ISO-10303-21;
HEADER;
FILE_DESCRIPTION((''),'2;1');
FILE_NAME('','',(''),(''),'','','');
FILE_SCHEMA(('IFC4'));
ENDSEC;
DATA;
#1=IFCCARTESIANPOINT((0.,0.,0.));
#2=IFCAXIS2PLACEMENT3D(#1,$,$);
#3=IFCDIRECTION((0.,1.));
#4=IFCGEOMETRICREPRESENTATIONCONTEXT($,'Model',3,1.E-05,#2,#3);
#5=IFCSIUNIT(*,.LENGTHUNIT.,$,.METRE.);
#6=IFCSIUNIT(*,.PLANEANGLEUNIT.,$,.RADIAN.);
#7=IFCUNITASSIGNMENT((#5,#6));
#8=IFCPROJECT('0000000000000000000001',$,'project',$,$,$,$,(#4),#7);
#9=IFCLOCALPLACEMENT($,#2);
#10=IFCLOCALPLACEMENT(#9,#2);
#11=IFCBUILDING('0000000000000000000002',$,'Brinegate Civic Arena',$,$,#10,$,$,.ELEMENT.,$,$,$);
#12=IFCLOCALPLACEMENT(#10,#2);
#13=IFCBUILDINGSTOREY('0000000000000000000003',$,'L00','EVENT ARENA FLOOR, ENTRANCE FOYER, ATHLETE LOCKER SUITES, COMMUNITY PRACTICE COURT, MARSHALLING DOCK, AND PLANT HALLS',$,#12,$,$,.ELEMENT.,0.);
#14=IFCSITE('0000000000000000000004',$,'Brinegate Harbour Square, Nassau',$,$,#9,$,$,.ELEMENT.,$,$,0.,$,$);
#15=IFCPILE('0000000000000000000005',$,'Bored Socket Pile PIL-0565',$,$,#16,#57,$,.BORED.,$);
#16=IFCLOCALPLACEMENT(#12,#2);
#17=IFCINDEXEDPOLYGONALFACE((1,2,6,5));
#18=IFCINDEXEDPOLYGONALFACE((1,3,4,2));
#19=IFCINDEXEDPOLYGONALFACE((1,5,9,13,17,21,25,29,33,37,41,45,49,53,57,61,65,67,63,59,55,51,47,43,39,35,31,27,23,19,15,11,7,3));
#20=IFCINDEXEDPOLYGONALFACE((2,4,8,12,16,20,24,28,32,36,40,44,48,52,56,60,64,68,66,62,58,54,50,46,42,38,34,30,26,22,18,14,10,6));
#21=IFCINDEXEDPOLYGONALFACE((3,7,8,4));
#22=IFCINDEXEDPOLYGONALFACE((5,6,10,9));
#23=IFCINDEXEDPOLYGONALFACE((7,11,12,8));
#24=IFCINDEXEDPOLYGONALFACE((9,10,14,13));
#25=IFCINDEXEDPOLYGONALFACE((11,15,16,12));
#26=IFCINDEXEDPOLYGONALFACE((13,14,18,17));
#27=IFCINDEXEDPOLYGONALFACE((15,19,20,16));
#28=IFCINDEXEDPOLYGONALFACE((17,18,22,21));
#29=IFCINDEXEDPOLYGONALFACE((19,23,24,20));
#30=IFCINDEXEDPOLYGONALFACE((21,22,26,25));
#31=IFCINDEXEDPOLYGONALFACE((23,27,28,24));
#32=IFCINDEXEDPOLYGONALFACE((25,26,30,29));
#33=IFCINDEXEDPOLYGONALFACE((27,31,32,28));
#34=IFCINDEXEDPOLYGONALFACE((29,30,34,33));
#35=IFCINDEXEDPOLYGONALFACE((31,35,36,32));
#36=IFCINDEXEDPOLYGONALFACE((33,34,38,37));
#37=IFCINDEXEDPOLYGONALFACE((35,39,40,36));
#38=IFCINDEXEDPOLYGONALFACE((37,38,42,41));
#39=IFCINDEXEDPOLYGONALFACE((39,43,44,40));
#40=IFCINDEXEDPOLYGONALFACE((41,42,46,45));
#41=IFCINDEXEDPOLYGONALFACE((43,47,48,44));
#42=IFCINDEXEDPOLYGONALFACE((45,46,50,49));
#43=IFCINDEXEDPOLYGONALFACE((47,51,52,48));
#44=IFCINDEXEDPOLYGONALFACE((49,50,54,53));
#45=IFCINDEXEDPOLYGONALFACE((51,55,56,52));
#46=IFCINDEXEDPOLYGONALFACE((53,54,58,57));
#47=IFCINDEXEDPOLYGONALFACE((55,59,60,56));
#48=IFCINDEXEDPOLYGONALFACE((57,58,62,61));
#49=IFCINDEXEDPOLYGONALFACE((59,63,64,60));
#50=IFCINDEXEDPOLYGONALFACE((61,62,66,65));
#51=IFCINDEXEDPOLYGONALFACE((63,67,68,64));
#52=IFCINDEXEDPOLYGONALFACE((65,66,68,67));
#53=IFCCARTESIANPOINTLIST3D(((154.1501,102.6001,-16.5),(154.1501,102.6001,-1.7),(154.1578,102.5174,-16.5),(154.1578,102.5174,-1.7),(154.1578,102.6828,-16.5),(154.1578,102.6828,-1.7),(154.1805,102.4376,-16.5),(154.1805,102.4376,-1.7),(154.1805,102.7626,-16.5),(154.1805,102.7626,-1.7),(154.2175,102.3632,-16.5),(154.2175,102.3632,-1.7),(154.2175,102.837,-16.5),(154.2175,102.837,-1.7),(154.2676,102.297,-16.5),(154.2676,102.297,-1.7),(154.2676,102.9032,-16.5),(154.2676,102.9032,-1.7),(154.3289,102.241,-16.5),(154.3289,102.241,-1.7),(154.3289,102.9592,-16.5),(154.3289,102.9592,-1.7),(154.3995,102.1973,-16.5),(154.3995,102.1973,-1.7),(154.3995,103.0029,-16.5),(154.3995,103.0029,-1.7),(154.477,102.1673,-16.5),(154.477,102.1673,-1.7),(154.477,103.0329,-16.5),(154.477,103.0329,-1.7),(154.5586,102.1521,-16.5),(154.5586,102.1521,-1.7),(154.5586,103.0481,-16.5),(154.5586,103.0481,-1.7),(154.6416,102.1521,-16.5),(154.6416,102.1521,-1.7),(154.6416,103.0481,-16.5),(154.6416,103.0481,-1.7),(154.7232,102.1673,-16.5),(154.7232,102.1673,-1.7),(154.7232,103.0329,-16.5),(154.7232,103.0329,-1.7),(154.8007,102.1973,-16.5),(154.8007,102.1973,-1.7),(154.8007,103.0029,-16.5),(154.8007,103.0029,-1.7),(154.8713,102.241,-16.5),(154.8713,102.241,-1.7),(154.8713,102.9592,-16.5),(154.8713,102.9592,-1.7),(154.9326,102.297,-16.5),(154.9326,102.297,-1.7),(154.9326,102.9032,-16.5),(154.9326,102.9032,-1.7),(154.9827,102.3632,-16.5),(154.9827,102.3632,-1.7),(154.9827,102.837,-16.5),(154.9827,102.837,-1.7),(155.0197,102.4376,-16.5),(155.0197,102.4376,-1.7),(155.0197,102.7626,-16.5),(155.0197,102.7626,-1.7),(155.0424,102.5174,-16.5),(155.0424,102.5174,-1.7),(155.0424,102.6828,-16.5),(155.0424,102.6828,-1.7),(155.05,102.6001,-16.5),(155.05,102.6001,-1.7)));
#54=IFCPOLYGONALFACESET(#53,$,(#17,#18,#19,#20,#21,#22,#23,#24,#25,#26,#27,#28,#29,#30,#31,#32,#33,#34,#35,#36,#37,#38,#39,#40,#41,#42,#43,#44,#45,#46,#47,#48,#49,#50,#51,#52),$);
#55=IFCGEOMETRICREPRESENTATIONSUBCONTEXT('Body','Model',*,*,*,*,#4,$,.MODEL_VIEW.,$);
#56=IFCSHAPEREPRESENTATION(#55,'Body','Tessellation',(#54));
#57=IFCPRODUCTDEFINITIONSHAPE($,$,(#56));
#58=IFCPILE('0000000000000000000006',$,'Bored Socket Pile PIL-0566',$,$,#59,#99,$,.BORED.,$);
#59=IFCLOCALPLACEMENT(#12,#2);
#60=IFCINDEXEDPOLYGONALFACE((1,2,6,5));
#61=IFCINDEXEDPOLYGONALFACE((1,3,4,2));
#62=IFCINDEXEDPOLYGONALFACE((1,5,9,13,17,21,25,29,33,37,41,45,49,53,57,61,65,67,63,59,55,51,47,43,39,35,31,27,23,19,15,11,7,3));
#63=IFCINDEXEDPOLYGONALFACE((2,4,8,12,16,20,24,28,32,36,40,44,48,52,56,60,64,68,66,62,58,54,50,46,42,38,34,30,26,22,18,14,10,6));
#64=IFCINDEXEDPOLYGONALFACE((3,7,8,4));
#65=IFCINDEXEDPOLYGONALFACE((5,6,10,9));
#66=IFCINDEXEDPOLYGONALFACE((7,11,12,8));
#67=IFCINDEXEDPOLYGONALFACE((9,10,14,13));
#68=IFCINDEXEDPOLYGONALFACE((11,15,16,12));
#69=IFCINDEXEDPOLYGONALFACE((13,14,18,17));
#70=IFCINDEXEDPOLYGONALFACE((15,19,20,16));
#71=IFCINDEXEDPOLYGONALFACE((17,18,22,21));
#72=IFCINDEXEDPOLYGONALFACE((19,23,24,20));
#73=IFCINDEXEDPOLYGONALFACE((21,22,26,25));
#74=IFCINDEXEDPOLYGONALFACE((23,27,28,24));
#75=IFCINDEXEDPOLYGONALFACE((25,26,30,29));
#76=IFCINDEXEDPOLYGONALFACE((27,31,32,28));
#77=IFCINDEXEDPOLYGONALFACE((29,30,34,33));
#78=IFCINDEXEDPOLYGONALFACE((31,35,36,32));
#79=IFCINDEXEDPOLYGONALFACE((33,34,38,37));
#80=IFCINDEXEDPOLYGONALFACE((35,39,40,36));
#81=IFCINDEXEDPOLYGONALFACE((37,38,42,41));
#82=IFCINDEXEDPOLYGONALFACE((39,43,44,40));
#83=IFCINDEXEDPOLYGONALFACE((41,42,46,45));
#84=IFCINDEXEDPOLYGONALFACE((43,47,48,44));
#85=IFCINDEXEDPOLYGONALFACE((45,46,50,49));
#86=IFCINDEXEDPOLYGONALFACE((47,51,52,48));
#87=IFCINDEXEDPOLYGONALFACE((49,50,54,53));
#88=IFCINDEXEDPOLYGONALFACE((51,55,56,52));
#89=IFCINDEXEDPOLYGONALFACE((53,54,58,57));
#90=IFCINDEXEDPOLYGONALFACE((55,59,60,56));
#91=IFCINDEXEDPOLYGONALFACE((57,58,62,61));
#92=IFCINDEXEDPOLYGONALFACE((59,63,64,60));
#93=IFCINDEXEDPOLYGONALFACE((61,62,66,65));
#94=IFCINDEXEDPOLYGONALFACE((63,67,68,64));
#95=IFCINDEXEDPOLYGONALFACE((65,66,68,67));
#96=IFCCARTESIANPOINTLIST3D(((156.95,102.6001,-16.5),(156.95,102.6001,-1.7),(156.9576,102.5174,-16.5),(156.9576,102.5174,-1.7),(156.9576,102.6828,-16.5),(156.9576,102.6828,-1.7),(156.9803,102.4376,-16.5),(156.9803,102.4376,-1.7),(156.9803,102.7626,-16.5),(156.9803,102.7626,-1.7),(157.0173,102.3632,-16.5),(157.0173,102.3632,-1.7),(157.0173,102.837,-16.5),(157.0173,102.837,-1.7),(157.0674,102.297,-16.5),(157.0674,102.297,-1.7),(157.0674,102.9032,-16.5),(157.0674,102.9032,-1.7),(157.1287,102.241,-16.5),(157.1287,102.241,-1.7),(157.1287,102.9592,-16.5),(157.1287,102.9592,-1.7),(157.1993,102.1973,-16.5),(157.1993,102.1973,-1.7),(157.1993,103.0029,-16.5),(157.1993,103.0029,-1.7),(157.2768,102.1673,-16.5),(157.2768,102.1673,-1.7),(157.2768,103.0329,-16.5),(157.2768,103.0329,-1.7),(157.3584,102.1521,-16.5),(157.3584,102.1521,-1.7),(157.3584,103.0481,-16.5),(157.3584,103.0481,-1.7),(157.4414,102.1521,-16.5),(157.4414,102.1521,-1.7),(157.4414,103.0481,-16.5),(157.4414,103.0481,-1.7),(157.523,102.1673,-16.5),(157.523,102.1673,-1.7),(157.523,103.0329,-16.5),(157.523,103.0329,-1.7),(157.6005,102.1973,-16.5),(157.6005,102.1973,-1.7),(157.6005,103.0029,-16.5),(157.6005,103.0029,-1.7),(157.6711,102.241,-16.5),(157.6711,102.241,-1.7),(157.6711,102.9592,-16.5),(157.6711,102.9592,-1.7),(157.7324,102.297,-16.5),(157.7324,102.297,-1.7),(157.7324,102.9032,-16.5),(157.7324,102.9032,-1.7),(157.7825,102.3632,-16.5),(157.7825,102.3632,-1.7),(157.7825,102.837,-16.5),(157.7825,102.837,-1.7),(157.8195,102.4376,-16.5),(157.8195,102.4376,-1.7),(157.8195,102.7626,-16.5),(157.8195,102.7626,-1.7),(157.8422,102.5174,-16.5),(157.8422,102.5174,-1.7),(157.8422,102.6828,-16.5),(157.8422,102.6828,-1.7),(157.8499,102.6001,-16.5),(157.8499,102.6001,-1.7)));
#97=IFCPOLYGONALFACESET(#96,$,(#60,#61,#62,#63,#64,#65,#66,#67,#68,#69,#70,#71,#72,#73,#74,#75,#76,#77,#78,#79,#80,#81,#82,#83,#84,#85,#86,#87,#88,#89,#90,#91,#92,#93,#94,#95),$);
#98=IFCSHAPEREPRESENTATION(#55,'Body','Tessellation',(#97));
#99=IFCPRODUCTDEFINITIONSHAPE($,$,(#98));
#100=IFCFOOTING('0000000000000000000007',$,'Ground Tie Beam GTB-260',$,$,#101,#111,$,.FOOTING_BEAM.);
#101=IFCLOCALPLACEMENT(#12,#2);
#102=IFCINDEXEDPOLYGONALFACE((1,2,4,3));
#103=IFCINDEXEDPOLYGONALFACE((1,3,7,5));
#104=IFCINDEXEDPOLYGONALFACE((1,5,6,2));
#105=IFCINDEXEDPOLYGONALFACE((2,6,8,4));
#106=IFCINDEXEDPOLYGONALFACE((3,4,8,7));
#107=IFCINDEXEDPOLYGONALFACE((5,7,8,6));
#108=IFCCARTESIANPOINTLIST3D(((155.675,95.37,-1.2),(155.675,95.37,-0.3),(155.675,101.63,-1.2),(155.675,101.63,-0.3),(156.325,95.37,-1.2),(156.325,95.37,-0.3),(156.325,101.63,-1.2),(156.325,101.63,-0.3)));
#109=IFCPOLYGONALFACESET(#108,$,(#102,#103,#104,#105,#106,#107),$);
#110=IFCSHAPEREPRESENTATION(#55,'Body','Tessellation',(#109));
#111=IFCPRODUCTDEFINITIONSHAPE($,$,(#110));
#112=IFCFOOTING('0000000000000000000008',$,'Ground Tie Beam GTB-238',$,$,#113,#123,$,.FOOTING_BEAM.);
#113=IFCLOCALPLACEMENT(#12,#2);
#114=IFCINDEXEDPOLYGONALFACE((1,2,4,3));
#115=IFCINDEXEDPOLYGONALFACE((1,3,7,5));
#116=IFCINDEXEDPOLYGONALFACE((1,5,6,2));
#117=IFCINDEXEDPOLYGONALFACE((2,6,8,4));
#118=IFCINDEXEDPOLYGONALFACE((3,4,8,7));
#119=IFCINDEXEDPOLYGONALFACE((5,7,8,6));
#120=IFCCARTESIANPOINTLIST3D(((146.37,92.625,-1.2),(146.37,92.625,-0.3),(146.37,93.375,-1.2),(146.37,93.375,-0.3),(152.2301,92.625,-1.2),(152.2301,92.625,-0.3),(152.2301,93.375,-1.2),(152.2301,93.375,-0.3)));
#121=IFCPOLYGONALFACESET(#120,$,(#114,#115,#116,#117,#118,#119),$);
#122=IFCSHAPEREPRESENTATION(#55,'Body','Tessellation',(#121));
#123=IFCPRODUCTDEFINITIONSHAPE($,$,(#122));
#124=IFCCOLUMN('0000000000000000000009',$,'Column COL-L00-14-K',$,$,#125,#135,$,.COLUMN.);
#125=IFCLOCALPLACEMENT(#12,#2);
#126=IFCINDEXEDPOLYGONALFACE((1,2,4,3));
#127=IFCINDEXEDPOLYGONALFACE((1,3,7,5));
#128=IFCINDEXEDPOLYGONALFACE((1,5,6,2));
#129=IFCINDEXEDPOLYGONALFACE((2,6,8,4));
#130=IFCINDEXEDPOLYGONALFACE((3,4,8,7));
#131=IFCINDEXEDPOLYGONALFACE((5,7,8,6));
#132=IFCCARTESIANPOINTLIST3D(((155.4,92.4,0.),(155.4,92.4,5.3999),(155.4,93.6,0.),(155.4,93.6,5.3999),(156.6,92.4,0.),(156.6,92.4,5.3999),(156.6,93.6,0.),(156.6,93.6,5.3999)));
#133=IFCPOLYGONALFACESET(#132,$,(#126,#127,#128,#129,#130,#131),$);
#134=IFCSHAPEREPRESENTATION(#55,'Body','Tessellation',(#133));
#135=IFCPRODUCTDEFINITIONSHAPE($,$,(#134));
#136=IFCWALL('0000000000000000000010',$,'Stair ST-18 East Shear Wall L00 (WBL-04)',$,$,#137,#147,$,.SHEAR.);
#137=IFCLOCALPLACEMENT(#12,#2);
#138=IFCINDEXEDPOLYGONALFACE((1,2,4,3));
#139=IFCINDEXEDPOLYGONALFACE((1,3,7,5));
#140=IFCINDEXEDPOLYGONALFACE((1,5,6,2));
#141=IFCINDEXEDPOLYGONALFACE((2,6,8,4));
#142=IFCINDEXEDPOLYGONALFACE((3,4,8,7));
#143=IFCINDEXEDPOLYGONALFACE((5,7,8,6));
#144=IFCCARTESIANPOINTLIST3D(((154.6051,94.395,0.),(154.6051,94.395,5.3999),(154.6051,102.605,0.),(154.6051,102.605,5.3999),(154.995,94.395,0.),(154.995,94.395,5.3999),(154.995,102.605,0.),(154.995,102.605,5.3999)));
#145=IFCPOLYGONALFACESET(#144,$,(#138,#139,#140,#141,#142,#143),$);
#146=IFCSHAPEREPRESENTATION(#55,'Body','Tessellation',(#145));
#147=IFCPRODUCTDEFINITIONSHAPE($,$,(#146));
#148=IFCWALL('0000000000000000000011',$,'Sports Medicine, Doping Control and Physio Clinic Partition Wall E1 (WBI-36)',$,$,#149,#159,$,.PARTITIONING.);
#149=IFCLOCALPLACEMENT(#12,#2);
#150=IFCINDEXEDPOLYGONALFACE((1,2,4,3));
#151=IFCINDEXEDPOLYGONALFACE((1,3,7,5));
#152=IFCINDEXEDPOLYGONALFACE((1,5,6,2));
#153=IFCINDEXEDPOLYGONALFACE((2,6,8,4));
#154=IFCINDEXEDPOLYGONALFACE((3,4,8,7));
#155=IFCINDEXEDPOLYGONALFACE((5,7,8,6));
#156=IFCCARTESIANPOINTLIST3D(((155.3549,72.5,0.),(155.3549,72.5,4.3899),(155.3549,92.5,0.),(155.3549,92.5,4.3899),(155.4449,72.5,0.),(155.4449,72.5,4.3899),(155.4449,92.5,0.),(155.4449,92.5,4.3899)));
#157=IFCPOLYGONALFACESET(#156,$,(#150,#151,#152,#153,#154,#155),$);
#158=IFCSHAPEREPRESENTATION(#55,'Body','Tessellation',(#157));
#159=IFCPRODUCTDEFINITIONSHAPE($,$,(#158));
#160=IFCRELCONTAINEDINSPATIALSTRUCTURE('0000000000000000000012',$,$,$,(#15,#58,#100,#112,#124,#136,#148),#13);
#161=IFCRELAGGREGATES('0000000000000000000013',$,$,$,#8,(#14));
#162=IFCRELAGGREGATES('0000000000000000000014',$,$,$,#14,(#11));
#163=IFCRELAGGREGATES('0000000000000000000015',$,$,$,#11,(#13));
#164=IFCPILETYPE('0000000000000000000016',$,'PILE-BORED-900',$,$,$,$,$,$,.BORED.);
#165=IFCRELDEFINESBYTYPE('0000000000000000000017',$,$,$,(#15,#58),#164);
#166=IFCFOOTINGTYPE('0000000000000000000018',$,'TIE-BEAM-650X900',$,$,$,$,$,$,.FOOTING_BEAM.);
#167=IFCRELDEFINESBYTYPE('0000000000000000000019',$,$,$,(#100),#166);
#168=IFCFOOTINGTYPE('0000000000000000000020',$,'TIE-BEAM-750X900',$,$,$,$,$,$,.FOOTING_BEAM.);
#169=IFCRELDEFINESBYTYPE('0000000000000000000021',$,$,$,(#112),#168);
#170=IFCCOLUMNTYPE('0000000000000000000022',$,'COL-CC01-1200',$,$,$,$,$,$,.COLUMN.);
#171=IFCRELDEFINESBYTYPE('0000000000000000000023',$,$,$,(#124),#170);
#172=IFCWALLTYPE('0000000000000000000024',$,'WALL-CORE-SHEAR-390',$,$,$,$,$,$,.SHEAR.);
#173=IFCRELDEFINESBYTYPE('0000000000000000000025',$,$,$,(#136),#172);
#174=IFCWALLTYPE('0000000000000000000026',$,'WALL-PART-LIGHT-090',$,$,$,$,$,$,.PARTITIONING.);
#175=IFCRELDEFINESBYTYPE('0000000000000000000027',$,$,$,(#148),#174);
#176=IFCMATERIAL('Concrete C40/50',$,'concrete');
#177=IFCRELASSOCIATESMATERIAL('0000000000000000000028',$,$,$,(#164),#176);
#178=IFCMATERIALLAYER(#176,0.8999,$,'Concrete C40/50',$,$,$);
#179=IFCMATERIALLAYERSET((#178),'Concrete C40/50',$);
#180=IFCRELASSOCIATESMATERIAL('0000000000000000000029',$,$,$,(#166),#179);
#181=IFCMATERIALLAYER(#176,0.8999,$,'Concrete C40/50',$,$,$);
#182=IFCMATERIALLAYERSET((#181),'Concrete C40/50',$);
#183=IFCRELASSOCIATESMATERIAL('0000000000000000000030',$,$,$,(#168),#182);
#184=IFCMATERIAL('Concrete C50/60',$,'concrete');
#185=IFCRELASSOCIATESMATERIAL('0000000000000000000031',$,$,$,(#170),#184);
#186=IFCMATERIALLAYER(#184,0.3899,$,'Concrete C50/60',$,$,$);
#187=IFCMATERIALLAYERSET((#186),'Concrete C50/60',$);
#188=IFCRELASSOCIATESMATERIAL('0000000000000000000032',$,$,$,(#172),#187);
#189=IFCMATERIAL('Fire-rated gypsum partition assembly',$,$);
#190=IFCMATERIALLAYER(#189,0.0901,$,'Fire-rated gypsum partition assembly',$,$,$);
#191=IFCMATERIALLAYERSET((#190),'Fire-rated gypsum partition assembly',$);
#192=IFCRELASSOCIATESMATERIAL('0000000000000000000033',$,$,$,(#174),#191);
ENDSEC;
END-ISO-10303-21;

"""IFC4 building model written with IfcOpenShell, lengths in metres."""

from ifc_helpers import new_model, si_unit, direction, frame, frame_2d, origin, origin_2d, place, context, subcontext, project, spatial, rectangle, circle, extrude, material, layer, layer_set, material_profile, profile_set, type_object, element, save


model = new_model("IFC4")

# Units and contexts
model_context = context("Model", 3, precision=1e-05, world=origin(), true_north=direction((0.0, 1.0)))
body_context = subcontext(model_context, "Body", "Model", "MODEL_VIEW")
ifc_project = project(units=[si_unit("LENGTHUNIT", "METRE"), si_unit("PLANEANGLEUNIT", "RADIAN")], contexts=[model_context])

# Site, building, storey
site_placement = place(None, origin())
site = spatial("IfcSite", under=ifc_project, at=site_placement, Name="Brinegate Harbour Square, Nassau", CompositionType="ELEMENT", RefElevation=0.0)
building_placement = place(site_placement, origin())
building = spatial("IfcBuilding", under=site, at=building_placement, Name="Brinegate Civic Arena", CompositionType="ELEMENT")
storey_placement = place(building_placement, origin())
storey = spatial("IfcBuildingStorey", under=building, at=storey_placement, Name="L00", Description="EVENT ARENA FLOOR, ENTRANCE FOYER, ATHLETE LOCKER SUITES, COMMUNITY PRACTICE COURT, MARSHALLING DOCK, AND PLANT HALLS", CompositionType="ELEMENT", Elevation=0.0)

# Shared definitions
ifc_material_1 = material(Name="Concrete C40/50", Category="concrete")

# Piles
ifc_material_profile_1 = material_profile(ifc_material_1, circle(Radius=0.45, at=origin_2d()), Name="PILED900")
ifc_profile_set_1 = profile_set([ifc_material_profile_1], Name="Concrete C40/50")
pile_type_1 = type_object("IfcPileType", Name="PILE-BORED-900", PredefinedType="BORED", material=ifc_profile_set_1)
for number, where, z_axis, x_axis, name in (
    (1, (154.6001, 102.6001, -1.7), (0.0, 0.0, -1.0), (1.0, 0.0, 0.0), "Bored Socket Pile PIL-0565"),
    (2, (157.3999, 102.6001, -1.7), (0.0, 0.0, -1.0), (1.0, 0.0, 0.0), "Bored Socket Pile PIL-0566"),
):
    element("IfcPile", number, at=place(storey_placement, frame(where, z_axis=z_axis, x_axis=x_axis)), inside=storey, type_object=pile_type_1, Name=name, PredefinedType="BORED", context=body_context, shape_type="SweptSolid", body=[
        extrude(circle(Radius=0.45, at=origin_2d()), origin(), (0.0, 0.0, 1.0), 14.8),
    ])

# Footings
ifc_layer_1 = layer(ifc_material_1, 0.8999, Name="Concrete C40/50")
ifc_layer_set_1 = layer_set([ifc_layer_1], Name="Concrete C40/50")
footing_type_1 = type_object("IfcFootingType", Name="TIE-BEAM-650X900", PredefinedType="FOOTING_BEAM", material=ifc_layer_set_1)
footing_1_placement = place(storey_placement, frame((156.0, 98.5, -1.2), z_axis=(0.0, 0.0, 1.0), x_axis=(0.0, 1.0, 0.0)))
element("IfcFooting", 3, at=footing_1_placement, inside=storey, type_object=footing_type_1, Name="Ground Tie Beam GTB-260", PredefinedType="FOOTING_BEAM", context=body_context, shape_type="SweptSolid", body=[
    extrude(rectangle(XDim=6.26, YDim=0.6499, at=origin_2d()), origin(), (0.0, 0.0, 1.0), 0.8999),
])
ifc_layer_2 = layer(ifc_material_1, 0.8999, Name="Concrete C40/50")
ifc_layer_set_2 = layer_set([ifc_layer_2], Name="Concrete C40/50")
footing_type_2 = type_object("IfcFootingType", Name="TIE-BEAM-750X900", PredefinedType="FOOTING_BEAM", material=ifc_layer_set_2)
footing_2_placement = place(storey_placement, frame((149.3, 93.0, -1.2), z_axis=(0.0, 0.0, 1.0), x_axis=(1.0, 0.0, 0.0)))
element("IfcFooting", 4, at=footing_2_placement, inside=storey, type_object=footing_type_2, Name="Ground Tie Beam GTB-238", PredefinedType="FOOTING_BEAM", context=body_context, shape_type="SweptSolid", body=[
    extrude(rectangle(XDim=5.8601, YDim=0.75, at=origin_2d()), origin(), (0.0, 0.0, 1.0), 0.8999),
])

# Column
ifc_material_2 = material(Name="Concrete C50/60", Category="concrete")
ifc_material_profile_2 = material_profile(ifc_material_2, rectangle(XDim=1.2, YDim=1.2, at=origin_2d()), Name="RC1200X1200")
ifc_profile_set_2 = profile_set([ifc_material_profile_2], Name="Concrete C50/60")
column_type = type_object("IfcColumnType", Name="COL-CC01-1200", PredefinedType="COLUMN", material=ifc_profile_set_2)
column_placement = place(storey_placement, frame((156.0, 93.0, 0.0), z_axis=(0.0, 0.0, 1.0), x_axis=(1.0, 0.0, 0.0)))
element("IfcColumn", 5, at=column_placement, inside=storey, type_object=column_type, Name="Column COL-L00-14-K", PredefinedType="COLUMN", context=body_context, shape_type="SweptSolid", body=[
    extrude(rectangle(XDim=1.2, YDim=1.2, at=origin_2d()), origin(), (0.0, 0.0, 1.0), 5.3999),
])

# Walls
ifc_layer_3 = layer(ifc_material_2, 0.3899, Name="Concrete C50/60")
ifc_layer_set_3 = layer_set([ifc_layer_3], Name="Concrete C50/60")
wall_type_1 = type_object("IfcWallType", Name="WALL-CORE-SHEAR-390", PredefinedType="SHEAR", material=ifc_layer_set_3)
wall_1_placement = place(storey_placement, frame((154.8, 94.395, 0.0), z_axis=(0.0, 0.0, 1.0), x_axis=(0.0, 1.0, 0.0)))
element("IfcWall", 6, at=wall_1_placement, inside=storey, type_object=wall_type_1, Name="Stair ST-18 East Shear Wall L00 (WBL-04)", PredefinedType="SHEAR", context=body_context, shape_type="SweptSolid", body=[
    extrude(rectangle(XDim=8.21, YDim=0.3899, at=frame_2d((4.105, 0.0))), origin(), (0.0, 0.0, 1.0), 5.3999),
])
ifc_material_3 = material(Name="Fire-rated gypsum partition assembly")
ifc_layer_4 = layer(ifc_material_3, 0.0901, Name="Fire-rated gypsum partition assembly")
ifc_layer_set_4 = layer_set([ifc_layer_4], Name="Fire-rated gypsum partition assembly")
wall_type_2 = type_object("IfcWallType", Name="WALL-PART-LIGHT-090", PredefinedType="PARTITIONING", material=ifc_layer_set_4)
wall_2_placement = place(storey_placement, frame((155.3999, 92.5, 0.0), z_axis=(0.0, 0.0, 1.0), x_axis=(0.0, -1.0, 0.0)))
element("IfcWall", 7, at=wall_2_placement, inside=storey, type_object=wall_type_2, Name="Sports Medicine, Doping Control and Physio Clinic Partition Wall E1 (WBI-36)", PredefinedType="PARTITIONING", context=body_context, shape_type="SweptSolid", body=[
    extrude(rectangle(XDim=20.0, YDim=0.0901, at=frame_2d((10.0, 0.0))), origin(), (0.0, 0.0, 1.0), 4.3899),
])

save(model, "model.ifc")
